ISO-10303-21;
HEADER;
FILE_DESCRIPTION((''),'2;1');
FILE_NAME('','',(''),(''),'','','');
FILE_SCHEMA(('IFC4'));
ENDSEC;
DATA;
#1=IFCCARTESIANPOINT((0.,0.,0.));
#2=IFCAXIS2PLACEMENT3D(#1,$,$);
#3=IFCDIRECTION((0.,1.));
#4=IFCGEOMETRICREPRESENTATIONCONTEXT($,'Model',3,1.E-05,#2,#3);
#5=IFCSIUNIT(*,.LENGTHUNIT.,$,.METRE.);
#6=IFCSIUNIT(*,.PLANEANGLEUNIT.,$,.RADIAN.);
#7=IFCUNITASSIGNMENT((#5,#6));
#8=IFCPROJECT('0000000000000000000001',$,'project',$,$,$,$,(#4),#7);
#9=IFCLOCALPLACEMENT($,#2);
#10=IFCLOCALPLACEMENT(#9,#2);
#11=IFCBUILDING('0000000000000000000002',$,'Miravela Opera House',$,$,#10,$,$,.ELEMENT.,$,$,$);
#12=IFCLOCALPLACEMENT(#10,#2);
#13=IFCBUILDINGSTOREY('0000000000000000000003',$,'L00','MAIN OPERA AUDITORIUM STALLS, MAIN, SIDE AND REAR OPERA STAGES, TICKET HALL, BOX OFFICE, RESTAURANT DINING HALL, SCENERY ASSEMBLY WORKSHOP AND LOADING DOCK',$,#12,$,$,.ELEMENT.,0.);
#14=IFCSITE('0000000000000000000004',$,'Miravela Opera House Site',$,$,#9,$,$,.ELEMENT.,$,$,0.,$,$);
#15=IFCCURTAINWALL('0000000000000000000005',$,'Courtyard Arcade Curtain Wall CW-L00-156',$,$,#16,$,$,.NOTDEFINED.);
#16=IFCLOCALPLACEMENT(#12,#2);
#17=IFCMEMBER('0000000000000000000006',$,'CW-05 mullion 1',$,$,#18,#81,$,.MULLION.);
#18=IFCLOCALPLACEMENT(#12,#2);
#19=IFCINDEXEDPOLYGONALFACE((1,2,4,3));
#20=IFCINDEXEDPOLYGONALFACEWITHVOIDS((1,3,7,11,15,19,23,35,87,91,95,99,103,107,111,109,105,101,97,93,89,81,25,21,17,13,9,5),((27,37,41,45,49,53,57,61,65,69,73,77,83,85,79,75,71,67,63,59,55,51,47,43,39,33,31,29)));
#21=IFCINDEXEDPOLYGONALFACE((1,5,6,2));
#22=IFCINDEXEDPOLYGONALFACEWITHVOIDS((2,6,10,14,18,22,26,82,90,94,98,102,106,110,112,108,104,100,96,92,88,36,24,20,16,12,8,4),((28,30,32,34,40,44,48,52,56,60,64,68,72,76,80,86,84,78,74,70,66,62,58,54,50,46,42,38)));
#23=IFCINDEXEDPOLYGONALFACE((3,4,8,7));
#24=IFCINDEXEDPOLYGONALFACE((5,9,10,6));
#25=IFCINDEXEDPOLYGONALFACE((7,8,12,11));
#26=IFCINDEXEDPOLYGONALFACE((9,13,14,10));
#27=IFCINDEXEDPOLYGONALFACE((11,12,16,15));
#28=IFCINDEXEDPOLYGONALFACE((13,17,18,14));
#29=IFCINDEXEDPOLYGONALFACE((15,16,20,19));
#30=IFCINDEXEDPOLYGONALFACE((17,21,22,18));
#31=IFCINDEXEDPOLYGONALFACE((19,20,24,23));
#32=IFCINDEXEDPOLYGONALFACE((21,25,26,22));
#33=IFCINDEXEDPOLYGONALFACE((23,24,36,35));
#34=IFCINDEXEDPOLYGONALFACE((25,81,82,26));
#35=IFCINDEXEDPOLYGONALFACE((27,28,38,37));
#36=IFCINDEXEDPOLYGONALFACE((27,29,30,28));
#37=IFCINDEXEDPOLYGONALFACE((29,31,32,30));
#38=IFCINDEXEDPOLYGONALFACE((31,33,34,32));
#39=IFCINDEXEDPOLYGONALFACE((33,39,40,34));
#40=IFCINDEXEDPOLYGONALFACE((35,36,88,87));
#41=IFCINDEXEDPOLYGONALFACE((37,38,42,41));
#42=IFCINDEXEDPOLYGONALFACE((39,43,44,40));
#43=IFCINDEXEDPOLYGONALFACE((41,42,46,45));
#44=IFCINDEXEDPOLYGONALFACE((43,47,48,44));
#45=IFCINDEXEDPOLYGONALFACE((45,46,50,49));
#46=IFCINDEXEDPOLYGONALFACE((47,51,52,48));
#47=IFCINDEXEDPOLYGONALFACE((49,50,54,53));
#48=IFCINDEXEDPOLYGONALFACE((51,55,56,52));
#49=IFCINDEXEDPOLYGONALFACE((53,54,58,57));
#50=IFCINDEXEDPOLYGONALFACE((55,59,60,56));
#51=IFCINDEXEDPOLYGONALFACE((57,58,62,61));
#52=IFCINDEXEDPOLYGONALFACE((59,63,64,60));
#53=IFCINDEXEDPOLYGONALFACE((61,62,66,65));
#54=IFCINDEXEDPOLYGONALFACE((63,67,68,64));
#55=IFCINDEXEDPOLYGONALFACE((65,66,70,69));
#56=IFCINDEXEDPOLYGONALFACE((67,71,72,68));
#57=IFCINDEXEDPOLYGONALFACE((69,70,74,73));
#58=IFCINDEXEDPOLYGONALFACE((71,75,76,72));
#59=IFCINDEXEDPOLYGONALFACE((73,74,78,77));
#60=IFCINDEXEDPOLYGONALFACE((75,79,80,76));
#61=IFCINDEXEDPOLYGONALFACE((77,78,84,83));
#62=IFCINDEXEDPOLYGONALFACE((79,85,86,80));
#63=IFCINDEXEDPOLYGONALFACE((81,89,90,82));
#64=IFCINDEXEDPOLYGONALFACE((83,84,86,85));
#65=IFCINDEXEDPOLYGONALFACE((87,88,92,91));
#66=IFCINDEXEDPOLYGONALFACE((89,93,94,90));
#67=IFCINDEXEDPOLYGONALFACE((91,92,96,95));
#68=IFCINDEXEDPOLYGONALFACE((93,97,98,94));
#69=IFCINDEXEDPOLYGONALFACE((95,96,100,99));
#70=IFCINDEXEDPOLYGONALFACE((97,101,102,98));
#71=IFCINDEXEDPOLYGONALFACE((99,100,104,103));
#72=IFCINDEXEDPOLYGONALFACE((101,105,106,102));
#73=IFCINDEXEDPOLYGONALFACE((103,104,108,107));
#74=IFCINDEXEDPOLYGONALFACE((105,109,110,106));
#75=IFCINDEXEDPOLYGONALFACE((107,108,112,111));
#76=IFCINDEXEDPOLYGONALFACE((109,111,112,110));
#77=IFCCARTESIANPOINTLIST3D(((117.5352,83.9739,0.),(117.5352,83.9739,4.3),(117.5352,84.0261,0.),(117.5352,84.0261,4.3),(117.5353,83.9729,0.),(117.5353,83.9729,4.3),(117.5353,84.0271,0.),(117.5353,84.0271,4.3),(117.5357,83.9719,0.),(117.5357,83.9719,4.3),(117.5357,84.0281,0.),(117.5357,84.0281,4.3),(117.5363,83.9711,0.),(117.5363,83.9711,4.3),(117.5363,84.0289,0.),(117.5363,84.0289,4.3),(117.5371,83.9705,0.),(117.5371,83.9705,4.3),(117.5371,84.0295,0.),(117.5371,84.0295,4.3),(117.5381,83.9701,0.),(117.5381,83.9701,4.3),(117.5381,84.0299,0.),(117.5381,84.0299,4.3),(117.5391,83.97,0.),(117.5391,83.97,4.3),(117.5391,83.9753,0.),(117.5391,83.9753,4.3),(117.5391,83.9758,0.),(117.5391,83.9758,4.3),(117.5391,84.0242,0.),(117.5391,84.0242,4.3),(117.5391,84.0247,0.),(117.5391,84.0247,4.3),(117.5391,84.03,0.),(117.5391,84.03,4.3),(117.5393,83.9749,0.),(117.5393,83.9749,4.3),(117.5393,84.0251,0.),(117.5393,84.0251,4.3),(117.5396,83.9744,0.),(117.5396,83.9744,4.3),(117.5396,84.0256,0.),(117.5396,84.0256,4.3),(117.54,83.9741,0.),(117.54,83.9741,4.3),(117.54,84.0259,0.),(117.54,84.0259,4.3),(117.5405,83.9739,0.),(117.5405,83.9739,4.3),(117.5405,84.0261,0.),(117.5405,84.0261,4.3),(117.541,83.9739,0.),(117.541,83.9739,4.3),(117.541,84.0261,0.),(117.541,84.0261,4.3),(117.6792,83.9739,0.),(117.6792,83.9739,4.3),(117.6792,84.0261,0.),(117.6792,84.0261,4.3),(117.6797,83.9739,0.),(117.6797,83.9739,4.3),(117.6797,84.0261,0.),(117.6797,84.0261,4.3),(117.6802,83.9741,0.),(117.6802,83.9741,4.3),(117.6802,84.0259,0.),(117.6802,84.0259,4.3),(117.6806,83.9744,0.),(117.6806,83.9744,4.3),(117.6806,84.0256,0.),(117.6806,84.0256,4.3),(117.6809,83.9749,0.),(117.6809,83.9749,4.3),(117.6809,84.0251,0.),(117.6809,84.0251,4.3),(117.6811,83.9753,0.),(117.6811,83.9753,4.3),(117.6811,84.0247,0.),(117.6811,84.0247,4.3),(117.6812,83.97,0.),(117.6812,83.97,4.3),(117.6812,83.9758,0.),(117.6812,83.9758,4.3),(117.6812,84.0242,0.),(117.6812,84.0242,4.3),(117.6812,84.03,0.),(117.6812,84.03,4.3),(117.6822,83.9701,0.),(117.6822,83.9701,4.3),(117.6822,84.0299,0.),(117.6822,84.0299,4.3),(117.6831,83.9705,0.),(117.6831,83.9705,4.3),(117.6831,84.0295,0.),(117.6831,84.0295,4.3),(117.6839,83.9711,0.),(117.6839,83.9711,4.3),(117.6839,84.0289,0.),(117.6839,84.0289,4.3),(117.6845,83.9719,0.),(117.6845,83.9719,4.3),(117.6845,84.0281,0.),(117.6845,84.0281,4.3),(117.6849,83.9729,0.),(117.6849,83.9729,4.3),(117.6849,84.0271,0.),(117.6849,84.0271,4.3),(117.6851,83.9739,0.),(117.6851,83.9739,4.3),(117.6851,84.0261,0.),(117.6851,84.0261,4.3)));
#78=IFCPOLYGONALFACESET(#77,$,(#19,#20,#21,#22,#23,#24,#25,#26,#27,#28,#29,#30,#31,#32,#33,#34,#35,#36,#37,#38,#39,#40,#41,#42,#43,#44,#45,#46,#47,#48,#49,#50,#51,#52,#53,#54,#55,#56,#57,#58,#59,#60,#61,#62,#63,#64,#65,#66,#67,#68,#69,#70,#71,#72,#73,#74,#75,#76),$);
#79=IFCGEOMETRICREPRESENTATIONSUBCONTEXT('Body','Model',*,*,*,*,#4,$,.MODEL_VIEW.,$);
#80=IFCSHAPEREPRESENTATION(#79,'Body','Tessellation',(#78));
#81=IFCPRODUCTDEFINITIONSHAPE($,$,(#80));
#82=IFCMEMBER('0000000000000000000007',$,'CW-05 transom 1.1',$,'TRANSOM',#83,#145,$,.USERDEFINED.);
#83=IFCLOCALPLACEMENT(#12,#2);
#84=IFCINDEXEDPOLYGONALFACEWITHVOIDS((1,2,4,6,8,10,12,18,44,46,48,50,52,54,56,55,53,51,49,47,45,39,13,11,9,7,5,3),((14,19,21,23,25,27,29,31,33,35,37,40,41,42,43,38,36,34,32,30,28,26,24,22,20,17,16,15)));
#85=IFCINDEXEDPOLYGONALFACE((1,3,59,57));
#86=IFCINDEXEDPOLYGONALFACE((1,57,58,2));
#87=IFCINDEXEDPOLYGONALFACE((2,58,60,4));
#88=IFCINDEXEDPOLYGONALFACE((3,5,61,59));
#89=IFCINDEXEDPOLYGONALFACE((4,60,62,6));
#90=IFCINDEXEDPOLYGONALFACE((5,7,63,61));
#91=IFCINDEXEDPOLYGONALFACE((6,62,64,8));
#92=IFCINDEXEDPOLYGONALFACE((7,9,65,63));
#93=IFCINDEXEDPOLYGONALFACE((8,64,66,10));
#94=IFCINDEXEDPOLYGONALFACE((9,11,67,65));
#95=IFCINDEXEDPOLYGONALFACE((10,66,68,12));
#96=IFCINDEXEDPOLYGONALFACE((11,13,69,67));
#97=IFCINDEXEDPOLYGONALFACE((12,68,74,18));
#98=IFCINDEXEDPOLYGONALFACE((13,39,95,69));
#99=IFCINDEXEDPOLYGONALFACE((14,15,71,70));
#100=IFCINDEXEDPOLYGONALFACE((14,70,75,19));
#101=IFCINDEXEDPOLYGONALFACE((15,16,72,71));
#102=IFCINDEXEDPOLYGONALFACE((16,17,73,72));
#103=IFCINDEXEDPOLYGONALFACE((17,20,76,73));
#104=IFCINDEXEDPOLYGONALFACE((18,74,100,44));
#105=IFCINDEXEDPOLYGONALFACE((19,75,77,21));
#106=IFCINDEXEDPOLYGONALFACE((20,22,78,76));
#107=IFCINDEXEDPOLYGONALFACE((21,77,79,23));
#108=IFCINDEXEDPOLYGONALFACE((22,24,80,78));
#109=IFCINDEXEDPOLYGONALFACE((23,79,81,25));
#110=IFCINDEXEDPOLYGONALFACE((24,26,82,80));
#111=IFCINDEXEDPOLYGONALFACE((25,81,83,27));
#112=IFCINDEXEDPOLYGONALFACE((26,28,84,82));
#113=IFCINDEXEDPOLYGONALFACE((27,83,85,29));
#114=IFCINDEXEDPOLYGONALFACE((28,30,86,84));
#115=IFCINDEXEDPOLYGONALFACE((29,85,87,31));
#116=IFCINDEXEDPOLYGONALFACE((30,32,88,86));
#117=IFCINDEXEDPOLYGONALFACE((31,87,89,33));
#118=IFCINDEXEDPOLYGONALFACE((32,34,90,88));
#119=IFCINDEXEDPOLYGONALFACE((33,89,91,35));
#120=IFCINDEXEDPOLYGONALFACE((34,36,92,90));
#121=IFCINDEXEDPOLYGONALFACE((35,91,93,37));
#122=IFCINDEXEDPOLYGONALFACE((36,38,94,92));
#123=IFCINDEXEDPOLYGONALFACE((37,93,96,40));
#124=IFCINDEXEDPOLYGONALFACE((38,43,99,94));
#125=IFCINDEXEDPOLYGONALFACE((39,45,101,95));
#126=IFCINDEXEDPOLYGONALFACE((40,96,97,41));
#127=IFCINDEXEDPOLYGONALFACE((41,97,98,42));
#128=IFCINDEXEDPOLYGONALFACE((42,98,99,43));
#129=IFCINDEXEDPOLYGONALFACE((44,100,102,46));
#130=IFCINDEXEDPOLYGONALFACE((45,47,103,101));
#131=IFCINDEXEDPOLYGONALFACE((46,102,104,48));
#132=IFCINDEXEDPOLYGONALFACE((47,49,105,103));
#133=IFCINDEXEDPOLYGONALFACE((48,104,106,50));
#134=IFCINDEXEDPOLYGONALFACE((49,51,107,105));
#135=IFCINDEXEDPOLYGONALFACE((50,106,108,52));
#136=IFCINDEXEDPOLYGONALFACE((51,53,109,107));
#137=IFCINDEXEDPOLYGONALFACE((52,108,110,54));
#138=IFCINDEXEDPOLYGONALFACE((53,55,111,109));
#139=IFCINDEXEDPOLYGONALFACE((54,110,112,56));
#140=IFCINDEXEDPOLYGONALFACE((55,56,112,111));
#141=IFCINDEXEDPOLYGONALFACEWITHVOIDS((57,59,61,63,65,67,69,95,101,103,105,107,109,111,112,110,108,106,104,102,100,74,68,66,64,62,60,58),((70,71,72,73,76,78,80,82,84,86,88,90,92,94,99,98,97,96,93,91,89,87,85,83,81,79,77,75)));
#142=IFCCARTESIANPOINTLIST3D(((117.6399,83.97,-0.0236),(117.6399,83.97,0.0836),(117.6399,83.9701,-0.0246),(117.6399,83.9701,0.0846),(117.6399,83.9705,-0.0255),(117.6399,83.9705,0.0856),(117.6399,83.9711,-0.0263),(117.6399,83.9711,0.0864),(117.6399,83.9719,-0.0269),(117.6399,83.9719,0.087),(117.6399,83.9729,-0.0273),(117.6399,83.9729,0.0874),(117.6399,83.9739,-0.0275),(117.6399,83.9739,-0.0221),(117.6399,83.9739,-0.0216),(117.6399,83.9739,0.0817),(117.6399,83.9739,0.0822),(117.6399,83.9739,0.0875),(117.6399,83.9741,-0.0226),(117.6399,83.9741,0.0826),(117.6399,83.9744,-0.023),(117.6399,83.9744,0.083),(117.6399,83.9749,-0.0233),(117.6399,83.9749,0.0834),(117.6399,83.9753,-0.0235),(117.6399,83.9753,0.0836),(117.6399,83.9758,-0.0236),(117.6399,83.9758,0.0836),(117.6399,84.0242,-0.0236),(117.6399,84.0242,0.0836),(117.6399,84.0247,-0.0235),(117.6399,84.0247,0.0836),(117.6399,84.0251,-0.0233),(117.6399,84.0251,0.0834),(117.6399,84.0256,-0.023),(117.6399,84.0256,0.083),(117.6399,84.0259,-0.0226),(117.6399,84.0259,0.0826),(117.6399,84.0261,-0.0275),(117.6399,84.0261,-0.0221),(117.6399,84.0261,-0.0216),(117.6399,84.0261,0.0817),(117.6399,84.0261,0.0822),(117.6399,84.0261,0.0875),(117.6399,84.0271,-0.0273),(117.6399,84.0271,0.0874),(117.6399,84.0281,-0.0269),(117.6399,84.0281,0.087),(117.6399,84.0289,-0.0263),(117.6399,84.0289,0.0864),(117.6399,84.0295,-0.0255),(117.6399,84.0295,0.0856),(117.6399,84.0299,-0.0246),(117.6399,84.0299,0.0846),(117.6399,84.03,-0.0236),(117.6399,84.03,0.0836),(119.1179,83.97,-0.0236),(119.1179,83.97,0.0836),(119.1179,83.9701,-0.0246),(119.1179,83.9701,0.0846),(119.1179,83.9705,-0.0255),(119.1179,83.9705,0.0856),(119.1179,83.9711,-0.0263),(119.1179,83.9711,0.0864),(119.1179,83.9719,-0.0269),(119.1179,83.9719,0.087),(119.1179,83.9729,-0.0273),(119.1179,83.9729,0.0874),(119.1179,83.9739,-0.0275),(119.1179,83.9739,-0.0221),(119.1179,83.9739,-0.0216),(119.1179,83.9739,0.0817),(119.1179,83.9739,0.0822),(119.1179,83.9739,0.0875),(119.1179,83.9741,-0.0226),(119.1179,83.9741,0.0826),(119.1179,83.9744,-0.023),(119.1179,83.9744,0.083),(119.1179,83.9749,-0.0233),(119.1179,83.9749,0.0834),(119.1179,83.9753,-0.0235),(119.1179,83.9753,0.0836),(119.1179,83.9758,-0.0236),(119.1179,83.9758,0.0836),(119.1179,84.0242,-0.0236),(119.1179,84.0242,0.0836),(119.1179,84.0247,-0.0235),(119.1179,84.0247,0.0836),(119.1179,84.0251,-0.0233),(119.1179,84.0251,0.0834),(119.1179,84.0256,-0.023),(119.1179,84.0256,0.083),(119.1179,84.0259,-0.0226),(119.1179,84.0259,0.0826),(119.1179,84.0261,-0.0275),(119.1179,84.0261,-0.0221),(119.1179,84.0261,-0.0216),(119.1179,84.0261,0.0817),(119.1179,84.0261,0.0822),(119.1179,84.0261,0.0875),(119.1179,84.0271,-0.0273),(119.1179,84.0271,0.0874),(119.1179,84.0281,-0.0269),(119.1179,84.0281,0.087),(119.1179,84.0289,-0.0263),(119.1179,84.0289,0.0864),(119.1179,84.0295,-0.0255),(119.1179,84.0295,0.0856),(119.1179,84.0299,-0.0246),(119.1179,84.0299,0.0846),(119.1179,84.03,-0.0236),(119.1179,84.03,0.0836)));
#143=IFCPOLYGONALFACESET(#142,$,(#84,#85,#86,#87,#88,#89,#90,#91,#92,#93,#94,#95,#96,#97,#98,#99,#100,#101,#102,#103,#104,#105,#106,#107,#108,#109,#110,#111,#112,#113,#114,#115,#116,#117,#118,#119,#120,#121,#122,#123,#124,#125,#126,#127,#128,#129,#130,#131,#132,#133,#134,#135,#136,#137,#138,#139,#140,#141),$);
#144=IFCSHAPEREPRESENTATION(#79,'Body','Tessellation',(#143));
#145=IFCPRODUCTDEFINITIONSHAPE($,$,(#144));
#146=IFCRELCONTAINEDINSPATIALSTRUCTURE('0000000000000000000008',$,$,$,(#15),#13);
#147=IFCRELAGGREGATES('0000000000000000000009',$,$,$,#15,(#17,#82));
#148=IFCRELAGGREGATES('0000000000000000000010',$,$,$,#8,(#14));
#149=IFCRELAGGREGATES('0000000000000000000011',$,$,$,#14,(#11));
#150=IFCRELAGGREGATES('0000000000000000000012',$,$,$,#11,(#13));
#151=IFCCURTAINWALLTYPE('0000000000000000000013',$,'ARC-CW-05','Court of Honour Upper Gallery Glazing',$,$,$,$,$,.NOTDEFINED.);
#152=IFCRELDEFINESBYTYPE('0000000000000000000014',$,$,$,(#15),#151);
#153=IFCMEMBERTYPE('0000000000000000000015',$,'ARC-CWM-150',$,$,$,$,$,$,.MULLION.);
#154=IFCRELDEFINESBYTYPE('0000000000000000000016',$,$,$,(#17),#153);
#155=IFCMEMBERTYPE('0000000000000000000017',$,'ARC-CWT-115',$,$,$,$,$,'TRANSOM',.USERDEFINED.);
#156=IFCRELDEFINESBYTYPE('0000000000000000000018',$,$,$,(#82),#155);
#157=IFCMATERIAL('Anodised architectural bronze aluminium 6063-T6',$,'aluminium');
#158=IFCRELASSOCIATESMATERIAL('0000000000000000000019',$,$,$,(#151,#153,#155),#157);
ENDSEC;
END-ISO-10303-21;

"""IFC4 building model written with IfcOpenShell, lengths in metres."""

from ifc_helpers import new_model, si_unit, direction, frame, origin, origin_2d, place, context, subcontext, project, spatial, hollow_rectangle, extrude, material, material_profile, profile_set, type_object, element, aggregate, save


model = new_model("IFC4")

# Units and contexts
model_context = context("Model", 3, precision=1e-05, world=origin(), true_north=direction((0.0, 1.0)))
body_context = subcontext(model_context, "Body", "Model", "MODEL_VIEW")
ifc_project = project(units=[si_unit("LENGTHUNIT", "METRE"), si_unit("PLANEANGLEUNIT", "RADIAN")], contexts=[model_context])

# Site, building, storey
site_placement = place(None, origin())
site = spatial("IfcSite", under=ifc_project, at=site_placement, Name="Miravela Opera House Site", CompositionType="ELEMENT", RefElevation=0.0)
building_placement = place(site_placement, origin())
building = spatial("IfcBuilding", under=site, at=building_placement, Name="Miravela Opera House", CompositionType="ELEMENT")
storey_placement = place(building_placement, origin())
storey = spatial("IfcBuildingStorey", under=building, at=storey_placement, Name="L00", Description="MAIN OPERA AUDITORIUM STALLS, MAIN, SIDE AND REAR OPERA STAGES, TICKET HALL, BOX OFFICE, RESTAURANT DINING HALL, SCENERY ASSEMBLY WORKSHOP AND LOADING DOCK", CompositionType="ELEMENT", Elevation=0.0)

# Curtain wall, members
ifc_material_1 = material(Name="Anodised architectural bronze aluminium 6063-T6", Category="aluminium")
curtain_wall_type = type_object("IfcCurtainWallType", Name="ARC-CW-05", Description="Court of Honour Upper Gallery Glazing", PredefinedType="NOTDEFINED", material=ifc_material_1)
curtain_wall_placement = place(storey_placement, origin())
curtain_wall = element("IfcCurtainWall", 1, at=curtain_wall_placement, inside=storey, type_object=curtain_wall_type, Name="Courtyard Arcade Curtain Wall CW-L00-156", PredefinedType="NOTDEFINED")
ifc_material_profile_1 = material_profile(ifc_material_1, hollow_rectangle(XDim=0.0601, YDim=0.1499, WallThickness=0.0039, InnerFilletRadius=0.002, OuterFilletRadius=0.0039, at=origin_2d()), Name="CWM-60X150")
ifc_profile_set_1 = profile_set([ifc_material_profile_1])
member_type_1 = type_object("IfcMemberType", Name="ARC-CWM-150", PredefinedType="MULLION", material=ifc_profile_set_1)
member_1_placement = place(storey_placement, frame((117.6101, 84.0, 0.0), z_axis=(0.0, 0.0, 1.0), x_axis=(0.0, 1.0, 0.0)))
member_1 = element("IfcMember", 2, at=member_1_placement, type_object=member_type_1, Name="CW-05 mullion 1", PredefinedType="MULLION", context=body_context, shape_type="SweptSolid", body=[
    extrude(hollow_rectangle(XDim=0.0601, YDim=0.1499, WallThickness=0.0039, InnerFilletRadius=0.002, OuterFilletRadius=0.0039, at=origin_2d()), origin(), (0.0, 0.0, 1.0), 4.3),
])
ifc_material_profile_2 = material_profile(ifc_material_1, hollow_rectangle(XDim=0.0601, YDim=0.115, WallThickness=0.0039, InnerFilletRadius=0.002, OuterFilletRadius=0.0039, at=origin_2d()), Name="CWT-60X115")
ifc_profile_set_2 = profile_set([ifc_material_profile_2])
member_type_2 = type_object("IfcMemberType", Name="ARC-CWT-115", ElementType="TRANSOM", PredefinedType="USERDEFINED", material=ifc_profile_set_2)
member_2_placement = place(storey_placement, frame((117.6399, 84.0, 0.03), z_axis=(1.0, 0.0, 0.0), x_axis=(0.0, 1.0, 0.0)))
member_2 = element("IfcMember", 3, at=member_2_placement, type_object=member_type_2, Name="CW-05 transom 1.1", ObjectType="TRANSOM", PredefinedType="USERDEFINED", context=body_context, shape_type="SweptSolid", body=[
    extrude(hollow_rectangle(XDim=0.0601, YDim=0.115, WallThickness=0.0039, InnerFilletRadius=0.002, OuterFilletRadius=0.0039, at=origin_2d()), origin(), (0.0, 0.0, 1.0), 1.478),
])

aggregate(curtain_wall, [member_1, member_2])

save(model, "model.ifc")
